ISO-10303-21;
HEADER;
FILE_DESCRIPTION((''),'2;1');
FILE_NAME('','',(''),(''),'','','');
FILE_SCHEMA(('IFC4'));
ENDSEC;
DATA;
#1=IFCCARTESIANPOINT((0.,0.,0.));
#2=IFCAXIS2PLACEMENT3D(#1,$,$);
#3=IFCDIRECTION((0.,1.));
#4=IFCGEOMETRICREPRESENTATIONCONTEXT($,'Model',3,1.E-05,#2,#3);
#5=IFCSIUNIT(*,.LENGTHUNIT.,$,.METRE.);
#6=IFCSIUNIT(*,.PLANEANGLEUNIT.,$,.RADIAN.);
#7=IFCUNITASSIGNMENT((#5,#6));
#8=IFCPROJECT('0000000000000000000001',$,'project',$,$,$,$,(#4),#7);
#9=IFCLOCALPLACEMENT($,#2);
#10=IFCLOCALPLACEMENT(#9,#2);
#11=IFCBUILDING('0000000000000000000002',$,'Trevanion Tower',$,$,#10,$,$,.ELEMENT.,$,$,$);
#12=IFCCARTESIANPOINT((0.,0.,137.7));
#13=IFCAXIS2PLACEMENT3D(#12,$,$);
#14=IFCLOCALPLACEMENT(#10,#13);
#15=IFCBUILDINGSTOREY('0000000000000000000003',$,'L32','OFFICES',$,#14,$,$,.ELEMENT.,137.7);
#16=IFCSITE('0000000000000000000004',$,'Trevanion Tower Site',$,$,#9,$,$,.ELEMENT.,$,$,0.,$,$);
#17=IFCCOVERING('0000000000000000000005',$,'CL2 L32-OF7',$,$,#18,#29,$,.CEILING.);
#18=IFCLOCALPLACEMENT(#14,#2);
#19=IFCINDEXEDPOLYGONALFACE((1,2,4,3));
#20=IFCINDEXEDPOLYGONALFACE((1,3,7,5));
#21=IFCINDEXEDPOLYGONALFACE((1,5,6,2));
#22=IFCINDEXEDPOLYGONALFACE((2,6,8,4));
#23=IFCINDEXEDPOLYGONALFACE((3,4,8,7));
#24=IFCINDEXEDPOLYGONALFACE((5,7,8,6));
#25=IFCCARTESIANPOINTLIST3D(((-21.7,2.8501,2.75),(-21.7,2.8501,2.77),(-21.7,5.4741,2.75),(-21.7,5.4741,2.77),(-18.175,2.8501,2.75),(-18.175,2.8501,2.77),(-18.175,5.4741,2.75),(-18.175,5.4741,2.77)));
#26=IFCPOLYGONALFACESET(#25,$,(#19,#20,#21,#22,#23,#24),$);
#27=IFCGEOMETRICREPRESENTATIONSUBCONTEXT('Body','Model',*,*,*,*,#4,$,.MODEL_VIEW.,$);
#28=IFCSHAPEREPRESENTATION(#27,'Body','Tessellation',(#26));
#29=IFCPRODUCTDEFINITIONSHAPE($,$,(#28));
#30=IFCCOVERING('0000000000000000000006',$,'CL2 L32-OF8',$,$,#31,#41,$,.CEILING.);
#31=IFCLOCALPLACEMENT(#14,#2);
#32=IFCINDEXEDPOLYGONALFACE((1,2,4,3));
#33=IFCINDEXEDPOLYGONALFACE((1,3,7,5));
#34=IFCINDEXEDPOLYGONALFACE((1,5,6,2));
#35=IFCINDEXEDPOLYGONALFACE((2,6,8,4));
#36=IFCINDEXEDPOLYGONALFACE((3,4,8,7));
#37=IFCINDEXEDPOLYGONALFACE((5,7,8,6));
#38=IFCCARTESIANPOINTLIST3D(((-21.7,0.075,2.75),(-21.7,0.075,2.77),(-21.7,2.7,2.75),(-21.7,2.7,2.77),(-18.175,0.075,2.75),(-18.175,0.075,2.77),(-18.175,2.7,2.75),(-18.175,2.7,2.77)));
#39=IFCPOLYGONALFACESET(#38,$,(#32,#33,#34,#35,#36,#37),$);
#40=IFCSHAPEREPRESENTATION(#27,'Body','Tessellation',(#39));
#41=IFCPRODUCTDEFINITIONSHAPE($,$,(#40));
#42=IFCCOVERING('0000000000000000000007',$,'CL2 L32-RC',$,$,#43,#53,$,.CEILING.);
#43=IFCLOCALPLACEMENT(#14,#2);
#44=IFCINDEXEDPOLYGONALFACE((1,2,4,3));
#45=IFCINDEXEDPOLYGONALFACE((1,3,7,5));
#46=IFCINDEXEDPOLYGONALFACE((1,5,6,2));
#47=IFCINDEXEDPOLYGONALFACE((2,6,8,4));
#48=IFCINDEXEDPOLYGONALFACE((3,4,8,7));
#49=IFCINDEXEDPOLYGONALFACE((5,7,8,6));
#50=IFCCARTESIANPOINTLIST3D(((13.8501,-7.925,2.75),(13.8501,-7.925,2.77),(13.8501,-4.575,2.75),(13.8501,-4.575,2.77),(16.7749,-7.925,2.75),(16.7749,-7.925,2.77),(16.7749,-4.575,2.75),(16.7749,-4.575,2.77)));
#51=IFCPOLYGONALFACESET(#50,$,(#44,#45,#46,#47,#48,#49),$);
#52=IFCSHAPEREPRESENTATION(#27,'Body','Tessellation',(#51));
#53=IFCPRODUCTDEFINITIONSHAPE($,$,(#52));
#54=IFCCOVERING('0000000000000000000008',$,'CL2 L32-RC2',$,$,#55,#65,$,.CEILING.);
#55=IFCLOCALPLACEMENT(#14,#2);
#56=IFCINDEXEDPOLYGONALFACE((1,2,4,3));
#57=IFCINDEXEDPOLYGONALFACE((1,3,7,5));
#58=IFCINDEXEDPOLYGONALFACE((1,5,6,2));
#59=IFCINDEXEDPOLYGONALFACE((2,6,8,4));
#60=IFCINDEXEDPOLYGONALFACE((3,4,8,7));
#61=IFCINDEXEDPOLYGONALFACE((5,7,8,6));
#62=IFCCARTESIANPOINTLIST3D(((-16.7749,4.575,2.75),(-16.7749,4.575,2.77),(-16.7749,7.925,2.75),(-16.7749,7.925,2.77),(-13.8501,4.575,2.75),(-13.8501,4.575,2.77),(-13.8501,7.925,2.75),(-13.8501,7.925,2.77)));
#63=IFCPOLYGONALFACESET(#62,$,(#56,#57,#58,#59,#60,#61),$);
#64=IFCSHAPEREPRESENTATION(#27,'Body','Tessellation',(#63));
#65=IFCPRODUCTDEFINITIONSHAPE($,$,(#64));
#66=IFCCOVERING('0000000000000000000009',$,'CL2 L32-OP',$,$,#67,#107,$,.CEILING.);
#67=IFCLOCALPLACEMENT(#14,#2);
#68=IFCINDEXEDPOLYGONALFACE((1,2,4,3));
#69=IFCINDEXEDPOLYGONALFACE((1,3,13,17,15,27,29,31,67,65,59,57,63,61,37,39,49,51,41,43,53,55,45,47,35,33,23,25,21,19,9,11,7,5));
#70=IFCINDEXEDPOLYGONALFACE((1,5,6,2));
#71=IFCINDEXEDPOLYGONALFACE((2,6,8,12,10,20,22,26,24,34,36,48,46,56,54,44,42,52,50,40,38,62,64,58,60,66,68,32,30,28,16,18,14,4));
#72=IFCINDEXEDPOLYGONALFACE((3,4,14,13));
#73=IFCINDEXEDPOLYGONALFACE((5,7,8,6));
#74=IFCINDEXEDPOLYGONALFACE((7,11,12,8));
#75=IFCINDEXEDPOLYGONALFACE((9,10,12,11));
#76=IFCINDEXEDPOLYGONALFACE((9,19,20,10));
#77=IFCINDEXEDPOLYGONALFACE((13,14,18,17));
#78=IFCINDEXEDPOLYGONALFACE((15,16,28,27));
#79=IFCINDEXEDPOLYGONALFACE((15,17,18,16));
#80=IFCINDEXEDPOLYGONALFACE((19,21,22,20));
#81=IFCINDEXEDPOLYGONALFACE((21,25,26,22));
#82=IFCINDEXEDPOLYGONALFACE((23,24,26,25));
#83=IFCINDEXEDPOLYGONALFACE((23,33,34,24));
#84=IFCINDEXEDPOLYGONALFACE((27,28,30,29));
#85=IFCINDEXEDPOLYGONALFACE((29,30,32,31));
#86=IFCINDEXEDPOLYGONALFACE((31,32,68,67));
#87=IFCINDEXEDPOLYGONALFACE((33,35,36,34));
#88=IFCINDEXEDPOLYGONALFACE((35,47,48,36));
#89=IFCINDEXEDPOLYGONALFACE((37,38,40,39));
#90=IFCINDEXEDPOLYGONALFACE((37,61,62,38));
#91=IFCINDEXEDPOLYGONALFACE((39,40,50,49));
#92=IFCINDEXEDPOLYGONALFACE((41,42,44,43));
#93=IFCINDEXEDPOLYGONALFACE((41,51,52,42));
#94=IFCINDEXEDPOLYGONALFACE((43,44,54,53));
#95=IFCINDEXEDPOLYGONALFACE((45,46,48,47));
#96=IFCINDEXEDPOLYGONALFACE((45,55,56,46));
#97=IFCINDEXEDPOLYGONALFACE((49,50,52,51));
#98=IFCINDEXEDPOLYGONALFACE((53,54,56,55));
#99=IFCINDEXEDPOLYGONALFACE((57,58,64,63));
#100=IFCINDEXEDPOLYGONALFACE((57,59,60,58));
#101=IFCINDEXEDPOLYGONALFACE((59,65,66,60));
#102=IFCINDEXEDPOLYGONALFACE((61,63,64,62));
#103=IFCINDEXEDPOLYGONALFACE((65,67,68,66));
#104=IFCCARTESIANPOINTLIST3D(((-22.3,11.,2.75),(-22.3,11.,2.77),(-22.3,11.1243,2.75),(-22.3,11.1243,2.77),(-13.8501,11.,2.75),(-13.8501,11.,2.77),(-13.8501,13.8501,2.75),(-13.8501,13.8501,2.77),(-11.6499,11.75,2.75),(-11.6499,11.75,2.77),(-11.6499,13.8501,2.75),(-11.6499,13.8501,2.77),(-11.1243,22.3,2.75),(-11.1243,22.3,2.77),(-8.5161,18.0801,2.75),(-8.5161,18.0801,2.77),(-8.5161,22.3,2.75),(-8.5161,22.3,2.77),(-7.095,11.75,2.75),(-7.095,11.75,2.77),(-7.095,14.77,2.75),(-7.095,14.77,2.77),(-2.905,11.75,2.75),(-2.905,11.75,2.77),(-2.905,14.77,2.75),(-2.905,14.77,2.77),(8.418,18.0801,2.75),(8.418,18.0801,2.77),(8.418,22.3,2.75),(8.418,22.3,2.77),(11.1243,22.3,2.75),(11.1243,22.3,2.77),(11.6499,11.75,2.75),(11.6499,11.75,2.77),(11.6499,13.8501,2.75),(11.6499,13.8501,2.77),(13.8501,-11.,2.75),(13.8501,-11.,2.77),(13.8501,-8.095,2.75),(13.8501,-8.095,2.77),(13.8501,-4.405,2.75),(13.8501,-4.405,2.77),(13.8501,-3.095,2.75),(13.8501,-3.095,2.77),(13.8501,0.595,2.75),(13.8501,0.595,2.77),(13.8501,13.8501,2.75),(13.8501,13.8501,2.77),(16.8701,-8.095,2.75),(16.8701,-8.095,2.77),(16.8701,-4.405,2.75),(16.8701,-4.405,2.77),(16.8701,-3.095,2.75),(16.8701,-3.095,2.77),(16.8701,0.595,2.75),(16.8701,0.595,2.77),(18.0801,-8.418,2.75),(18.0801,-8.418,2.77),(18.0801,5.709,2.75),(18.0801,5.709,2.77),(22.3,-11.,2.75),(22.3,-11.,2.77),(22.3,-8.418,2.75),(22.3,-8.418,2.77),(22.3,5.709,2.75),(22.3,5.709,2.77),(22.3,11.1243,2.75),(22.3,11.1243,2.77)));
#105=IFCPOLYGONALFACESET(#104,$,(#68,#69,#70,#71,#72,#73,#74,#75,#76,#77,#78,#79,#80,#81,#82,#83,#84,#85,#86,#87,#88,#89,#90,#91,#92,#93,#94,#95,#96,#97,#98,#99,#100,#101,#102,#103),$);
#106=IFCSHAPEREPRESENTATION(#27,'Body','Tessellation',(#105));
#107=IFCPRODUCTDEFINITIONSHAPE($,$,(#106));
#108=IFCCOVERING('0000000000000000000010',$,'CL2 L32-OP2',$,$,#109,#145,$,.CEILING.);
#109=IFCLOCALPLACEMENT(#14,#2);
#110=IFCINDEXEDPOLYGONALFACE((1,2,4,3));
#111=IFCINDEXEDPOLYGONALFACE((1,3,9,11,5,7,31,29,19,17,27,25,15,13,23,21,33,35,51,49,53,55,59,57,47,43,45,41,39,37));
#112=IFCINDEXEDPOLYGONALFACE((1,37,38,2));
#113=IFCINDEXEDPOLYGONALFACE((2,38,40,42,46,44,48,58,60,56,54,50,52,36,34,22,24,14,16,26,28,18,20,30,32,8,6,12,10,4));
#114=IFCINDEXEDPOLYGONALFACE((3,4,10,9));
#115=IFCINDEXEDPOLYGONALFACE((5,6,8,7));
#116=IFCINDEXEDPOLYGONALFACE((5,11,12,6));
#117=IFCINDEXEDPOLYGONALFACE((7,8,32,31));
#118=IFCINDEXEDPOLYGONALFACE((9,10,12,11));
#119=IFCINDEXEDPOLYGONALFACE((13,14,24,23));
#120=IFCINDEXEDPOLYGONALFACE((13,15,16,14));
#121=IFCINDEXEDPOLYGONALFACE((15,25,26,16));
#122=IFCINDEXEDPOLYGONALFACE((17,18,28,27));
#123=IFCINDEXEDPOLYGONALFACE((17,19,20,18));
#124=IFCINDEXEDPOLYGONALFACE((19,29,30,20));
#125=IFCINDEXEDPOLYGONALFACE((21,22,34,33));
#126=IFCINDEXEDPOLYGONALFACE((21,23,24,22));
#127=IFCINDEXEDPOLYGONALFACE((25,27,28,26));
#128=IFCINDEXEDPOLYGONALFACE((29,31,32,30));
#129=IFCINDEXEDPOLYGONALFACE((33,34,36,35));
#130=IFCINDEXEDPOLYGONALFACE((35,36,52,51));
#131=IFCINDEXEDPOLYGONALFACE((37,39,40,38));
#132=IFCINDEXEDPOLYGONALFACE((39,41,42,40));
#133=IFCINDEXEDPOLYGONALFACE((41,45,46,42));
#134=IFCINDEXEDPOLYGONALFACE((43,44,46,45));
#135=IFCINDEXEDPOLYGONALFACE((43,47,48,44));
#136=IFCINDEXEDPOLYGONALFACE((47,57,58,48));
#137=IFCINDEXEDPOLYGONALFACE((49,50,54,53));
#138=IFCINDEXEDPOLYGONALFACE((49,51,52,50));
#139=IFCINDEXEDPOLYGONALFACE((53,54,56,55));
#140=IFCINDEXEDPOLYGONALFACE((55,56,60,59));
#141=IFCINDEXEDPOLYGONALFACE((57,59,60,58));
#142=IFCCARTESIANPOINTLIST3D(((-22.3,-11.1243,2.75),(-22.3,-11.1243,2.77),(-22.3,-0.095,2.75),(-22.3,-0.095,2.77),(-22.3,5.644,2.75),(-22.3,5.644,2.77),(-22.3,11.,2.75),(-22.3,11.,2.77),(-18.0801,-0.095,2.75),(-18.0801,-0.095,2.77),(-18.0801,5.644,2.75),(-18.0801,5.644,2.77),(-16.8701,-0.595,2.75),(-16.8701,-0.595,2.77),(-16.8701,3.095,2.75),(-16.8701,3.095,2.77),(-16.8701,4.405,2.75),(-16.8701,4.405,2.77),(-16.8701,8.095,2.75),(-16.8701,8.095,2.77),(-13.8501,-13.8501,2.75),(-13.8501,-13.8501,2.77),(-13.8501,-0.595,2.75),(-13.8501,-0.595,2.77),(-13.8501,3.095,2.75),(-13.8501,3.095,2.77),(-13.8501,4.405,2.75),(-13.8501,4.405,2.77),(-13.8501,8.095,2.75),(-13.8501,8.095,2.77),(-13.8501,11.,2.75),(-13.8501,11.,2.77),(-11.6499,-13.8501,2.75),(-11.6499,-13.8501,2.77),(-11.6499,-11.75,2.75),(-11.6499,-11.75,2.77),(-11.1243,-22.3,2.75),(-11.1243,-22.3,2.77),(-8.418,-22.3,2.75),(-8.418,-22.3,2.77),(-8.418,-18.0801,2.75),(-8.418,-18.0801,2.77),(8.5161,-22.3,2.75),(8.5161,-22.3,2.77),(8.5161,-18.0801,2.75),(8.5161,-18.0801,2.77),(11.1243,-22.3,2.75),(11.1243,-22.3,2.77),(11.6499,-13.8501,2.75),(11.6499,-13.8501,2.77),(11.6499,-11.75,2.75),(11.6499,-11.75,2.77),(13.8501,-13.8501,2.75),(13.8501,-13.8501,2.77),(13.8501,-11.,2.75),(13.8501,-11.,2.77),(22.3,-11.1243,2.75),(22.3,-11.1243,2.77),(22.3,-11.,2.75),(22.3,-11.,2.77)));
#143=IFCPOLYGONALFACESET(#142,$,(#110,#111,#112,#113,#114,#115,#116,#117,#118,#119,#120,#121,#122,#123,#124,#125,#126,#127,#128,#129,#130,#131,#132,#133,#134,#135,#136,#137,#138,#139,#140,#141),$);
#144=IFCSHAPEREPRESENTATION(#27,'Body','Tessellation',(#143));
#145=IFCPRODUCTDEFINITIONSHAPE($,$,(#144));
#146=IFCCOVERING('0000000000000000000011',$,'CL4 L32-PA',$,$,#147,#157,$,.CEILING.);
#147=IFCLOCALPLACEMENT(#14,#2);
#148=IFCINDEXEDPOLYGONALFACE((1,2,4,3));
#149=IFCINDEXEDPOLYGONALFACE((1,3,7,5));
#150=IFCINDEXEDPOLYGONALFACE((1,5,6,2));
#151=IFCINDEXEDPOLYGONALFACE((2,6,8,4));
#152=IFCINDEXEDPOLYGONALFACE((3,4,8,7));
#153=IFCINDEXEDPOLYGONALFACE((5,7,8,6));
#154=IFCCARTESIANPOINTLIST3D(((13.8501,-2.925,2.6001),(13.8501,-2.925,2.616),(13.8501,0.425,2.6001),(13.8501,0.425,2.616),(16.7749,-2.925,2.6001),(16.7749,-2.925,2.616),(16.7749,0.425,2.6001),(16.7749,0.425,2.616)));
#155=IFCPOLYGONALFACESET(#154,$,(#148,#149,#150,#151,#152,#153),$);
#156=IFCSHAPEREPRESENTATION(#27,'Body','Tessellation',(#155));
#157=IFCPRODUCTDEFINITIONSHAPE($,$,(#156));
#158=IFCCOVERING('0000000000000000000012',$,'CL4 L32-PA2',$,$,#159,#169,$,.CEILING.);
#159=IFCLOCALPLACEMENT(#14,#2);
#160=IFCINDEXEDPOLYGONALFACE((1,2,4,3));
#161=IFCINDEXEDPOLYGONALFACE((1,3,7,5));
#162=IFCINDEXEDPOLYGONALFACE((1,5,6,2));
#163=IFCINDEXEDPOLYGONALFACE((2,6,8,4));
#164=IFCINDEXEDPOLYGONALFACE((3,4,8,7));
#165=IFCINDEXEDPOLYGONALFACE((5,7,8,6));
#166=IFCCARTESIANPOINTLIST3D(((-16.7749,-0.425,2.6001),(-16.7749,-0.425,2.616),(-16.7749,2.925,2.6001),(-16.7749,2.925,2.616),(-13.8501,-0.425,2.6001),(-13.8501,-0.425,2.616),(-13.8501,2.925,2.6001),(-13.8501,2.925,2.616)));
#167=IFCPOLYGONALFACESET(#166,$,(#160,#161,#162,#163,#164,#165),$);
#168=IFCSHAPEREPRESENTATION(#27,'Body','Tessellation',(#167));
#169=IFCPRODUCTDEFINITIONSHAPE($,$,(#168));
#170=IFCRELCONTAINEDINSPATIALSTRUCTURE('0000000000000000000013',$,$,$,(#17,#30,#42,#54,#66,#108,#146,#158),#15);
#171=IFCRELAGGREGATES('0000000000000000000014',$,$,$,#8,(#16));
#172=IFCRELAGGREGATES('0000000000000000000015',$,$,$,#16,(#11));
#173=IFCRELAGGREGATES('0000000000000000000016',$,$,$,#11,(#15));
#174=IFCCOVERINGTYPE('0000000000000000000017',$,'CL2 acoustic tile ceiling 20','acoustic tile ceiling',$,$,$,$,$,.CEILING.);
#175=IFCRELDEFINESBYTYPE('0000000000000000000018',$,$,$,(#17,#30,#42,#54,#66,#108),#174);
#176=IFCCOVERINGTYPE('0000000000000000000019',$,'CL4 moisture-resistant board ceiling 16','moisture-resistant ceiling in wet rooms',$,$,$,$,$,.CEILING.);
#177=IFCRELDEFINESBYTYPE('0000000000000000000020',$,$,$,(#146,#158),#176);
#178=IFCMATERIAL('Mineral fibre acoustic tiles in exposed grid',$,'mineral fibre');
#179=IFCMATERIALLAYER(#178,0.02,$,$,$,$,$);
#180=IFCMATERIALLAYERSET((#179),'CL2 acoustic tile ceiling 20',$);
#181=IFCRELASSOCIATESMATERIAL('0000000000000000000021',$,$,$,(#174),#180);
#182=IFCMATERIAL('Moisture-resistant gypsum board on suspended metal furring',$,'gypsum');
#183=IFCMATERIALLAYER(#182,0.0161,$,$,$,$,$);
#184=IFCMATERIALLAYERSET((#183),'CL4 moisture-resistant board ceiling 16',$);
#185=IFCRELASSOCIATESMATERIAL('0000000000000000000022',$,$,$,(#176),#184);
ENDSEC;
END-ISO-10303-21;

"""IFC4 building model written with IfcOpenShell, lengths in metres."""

from ifc_helpers import new_model, si_unit, direction, frame, origin, place, context, subcontext, project, spatial, polyline, outline, extrude, material, layer, layer_set, type_object, element, save


model = new_model("IFC4")

# Units and contexts
model_context = context("Model", 3, precision=1e-05, world=origin(), true_north=direction((0.0, 1.0)))
body_context = subcontext(model_context, "Body", "Model", "MODEL_VIEW")
ifc_project = project(units=[si_unit("LENGTHUNIT", "METRE"), si_unit("PLANEANGLEUNIT", "RADIAN")], contexts=[model_context])

# Site, building, storey
site_placement = place(None, origin())
site = spatial("IfcSite", under=ifc_project, at=site_placement, Name="Trevanion Tower Site", CompositionType="ELEMENT", RefElevation=0.0)
building_placement = place(site_placement, origin())
building = spatial("IfcBuilding", under=site, at=building_placement, Name="Trevanion Tower", CompositionType="ELEMENT")
storey_placement = place(building_placement, frame((0.0, 0.0, 137.7)))
storey = spatial("IfcBuildingStorey", under=building, at=storey_placement, Name="L32", Description="OFFICES", CompositionType="ELEMENT", Elevation=137.7)

# Coverings
ifc_material_1 = material(Name="Mineral fibre acoustic tiles in exposed grid", Category="mineral fibre")
ifc_layer_1 = layer(ifc_material_1, 0.02)
ifc_layer_set_1 = layer_set([ifc_layer_1], Name="CL2 acoustic tile ceiling 20")
covering_type_1 = type_object("IfcCoveringType", Name="CL2 acoustic tile ceiling 20", Description="acoustic tile ceiling", PredefinedType="CEILING", material=ifc_layer_set_1)
covering_1_placement = place(storey_placement, frame((0.0, 0.0, 2.75)))
element("IfcCovering", 1, at=covering_1_placement, inside=storey, type_object=covering_type_1, Name="CL2 L32-OF7", PredefinedType="CEILING", context=body_context, shape_type="SweptSolid", body=[
    extrude(outline(polyline([(-18.175, 5.4741), (-18.175, 2.8501), (-21.7, 2.8501), (-21.7, 5.4741), (-18.175, 5.4741)])), origin(), (0.0, 0.0, 1.0), 0.02),
])
covering_2_placement = place(storey_placement, frame((0.0, 0.0, 2.75)))
element("IfcCovering", 2, at=covering_2_placement, inside=storey, type_object=covering_type_1, Name="CL2 L32-OF8", PredefinedType="CEILING", context=body_context, shape_type="SweptSolid", body=[
    extrude(outline(polyline([(-18.175, 2.7), (-18.175, 0.075), (-21.7, 0.075), (-21.7, 2.7), (-18.175, 2.7)])), origin(), (0.0, 0.0, 1.0), 0.02),
])
covering_3_placement = place(storey_placement, frame((0.0, 0.0, 2.75)))
element("IfcCovering", 3, at=covering_3_placement, inside=storey, type_object=covering_type_1, Name="CL2 L32-RC", PredefinedType="CEILING", context=body_context, shape_type="SweptSolid", body=[
    extrude(outline(polyline([(13.8501, -7.925), (13.8501, -4.575), (16.7749, -4.575), (16.7749, -7.925), (13.8501, -7.925)])), origin(), (0.0, 0.0, 1.0), 0.02),
])
covering_4_placement = place(storey_placement, frame((0.0, 0.0, 2.75)))
element("IfcCovering", 4, at=covering_4_placement, inside=storey, type_object=covering_type_1, Name="CL2 L32-RC2", PredefinedType="CEILING", context=body_context, shape_type="SweptSolid", body=[
    extrude(outline(polyline([(-13.8501, 7.925), (-13.8501, 4.575), (-16.7749, 4.575), (-16.7749, 7.925), (-13.8501, 7.925)])), origin(), (0.0, 0.0, 1.0), 0.02),
])
covering_5_placement = place(storey_placement, frame((0.0, 0.0, 2.75)))
element("IfcCovering", 5, at=covering_5_placement, inside=storey, type_object=covering_type_1, Name="CL2 L32-OP", PredefinedType="CEILING", context=body_context, shape_type="SweptSolid", body=[
    extrude(outline(polyline([(11.6499, 13.8501), (11.6499, 11.75), (-2.905, 11.75), (-2.905, 14.77), (-7.095, 14.77), (-7.095, 11.75), (-11.6499, 11.75), (-11.6499, 13.8501), (-13.8501, 13.8501), (-13.8501, 11.0), (-22.3, 11.0), (-22.3, 11.1243), (-11.1243, 22.3), (-8.5161, 22.3), (-8.5161, 18.0801), (8.418, 18.0801), (8.418, 22.3), (11.1243, 22.3), (22.3, 11.1243), (22.3, 5.709), (18.0801, 5.709), (18.0801, -8.418), (22.3, -8.418), (22.3, -11.0), (13.8501, -11.0), (13.8501, -8.095), (16.8701, -8.095), (16.8701, -4.405), (13.8501, -4.405), (13.8501, -3.095), (16.8701, -3.095), (16.8701, 0.595), (13.8501, 0.595), (13.8501, 13.8501), (11.6499, 13.8501)])), origin(), (0.0, 0.0, 1.0), 0.02),
])
covering_6_placement = place(storey_placement, frame((0.0, 0.0, 2.75)))
element("IfcCovering", 6, at=covering_6_placement, inside=storey, type_object=covering_type_1, Name="CL2 L32-OP2", PredefinedType="CEILING", context=body_context, shape_type="SweptSolid", body=[
    extrude(outline(polyline([(11.6499, -13.8501), (13.8501, -13.8501), (13.8501, -11.0), (22.3, -11.0), (22.3, -11.1243), (11.1243, -22.3), (8.5161, -22.3), (8.5161, -18.0801), (-8.418, -18.0801), (-8.418, -22.3), (-11.1243, -22.3), (-22.3, -11.1243), (-22.3, -0.095), (-18.0801, -0.095), (-18.0801, 5.644), (-22.3, 5.644), (-22.3, 11.0), (-13.8501, 11.0), (-13.8501, 8.095), (-16.8701, 8.095), (-16.8701, 4.405), (-13.8501, 4.405), (-13.8501, 3.095), (-16.8701, 3.095), (-16.8701, -0.595), (-13.8501, -0.595), (-13.8501, -13.8501), (-11.6499, -13.8501), (-11.6499, -11.75), (11.6499, -11.75), (11.6499, -13.8501)])), origin(), (0.0, 0.0, 1.0), 0.02),
])
ifc_material_2 = material(Name="Moisture-resistant gypsum board on suspended metal furring", Category="gypsum")
ifc_layer_2 = layer(ifc_material_2, 0.0161)
ifc_layer_set_2 = layer_set([ifc_layer_2], Name="CL4 moisture-resistant board ceiling 16")
covering_type_2 = type_object("IfcCoveringType", Name="CL4 moisture-resistant board ceiling 16", Description="moisture-resistant ceiling in wet rooms", PredefinedType="CEILING", material=ifc_layer_set_2)
covering_7_placement = place(storey_placement, frame((0.0, 0.0, 2.6001)))
element("IfcCovering", 7, at=covering_7_placement, inside=storey, type_object=covering_type_2, Name="CL4 L32-PA", PredefinedType="CEILING", context=body_context, shape_type="SweptSolid", body=[
    extrude(outline(polyline([(13.8501, -2.925), (13.8501, 0.425), (16.7749, 0.425), (16.7749, -2.925), (13.8501, -2.925)])), origin(), (0.0, 0.0, 1.0), 0.0159),
])
covering_8_placement = place(storey_placement, frame((0.0, 0.0, 2.6001)))
element("IfcCovering", 8, at=covering_8_placement, inside=storey, type_object=covering_type_2, Name="CL4 L32-PA2", PredefinedType="CEILING", context=body_context, shape_type="SweptSolid", body=[
    extrude(outline(polyline([(-13.8501, 2.925), (-13.8501, -0.425), (-16.7749, -0.425), (-16.7749, 2.925), (-13.8501, 2.925)])), origin(), (0.0, 0.0, 1.0), 0.0159),
])

save(model, "model.ifc")
